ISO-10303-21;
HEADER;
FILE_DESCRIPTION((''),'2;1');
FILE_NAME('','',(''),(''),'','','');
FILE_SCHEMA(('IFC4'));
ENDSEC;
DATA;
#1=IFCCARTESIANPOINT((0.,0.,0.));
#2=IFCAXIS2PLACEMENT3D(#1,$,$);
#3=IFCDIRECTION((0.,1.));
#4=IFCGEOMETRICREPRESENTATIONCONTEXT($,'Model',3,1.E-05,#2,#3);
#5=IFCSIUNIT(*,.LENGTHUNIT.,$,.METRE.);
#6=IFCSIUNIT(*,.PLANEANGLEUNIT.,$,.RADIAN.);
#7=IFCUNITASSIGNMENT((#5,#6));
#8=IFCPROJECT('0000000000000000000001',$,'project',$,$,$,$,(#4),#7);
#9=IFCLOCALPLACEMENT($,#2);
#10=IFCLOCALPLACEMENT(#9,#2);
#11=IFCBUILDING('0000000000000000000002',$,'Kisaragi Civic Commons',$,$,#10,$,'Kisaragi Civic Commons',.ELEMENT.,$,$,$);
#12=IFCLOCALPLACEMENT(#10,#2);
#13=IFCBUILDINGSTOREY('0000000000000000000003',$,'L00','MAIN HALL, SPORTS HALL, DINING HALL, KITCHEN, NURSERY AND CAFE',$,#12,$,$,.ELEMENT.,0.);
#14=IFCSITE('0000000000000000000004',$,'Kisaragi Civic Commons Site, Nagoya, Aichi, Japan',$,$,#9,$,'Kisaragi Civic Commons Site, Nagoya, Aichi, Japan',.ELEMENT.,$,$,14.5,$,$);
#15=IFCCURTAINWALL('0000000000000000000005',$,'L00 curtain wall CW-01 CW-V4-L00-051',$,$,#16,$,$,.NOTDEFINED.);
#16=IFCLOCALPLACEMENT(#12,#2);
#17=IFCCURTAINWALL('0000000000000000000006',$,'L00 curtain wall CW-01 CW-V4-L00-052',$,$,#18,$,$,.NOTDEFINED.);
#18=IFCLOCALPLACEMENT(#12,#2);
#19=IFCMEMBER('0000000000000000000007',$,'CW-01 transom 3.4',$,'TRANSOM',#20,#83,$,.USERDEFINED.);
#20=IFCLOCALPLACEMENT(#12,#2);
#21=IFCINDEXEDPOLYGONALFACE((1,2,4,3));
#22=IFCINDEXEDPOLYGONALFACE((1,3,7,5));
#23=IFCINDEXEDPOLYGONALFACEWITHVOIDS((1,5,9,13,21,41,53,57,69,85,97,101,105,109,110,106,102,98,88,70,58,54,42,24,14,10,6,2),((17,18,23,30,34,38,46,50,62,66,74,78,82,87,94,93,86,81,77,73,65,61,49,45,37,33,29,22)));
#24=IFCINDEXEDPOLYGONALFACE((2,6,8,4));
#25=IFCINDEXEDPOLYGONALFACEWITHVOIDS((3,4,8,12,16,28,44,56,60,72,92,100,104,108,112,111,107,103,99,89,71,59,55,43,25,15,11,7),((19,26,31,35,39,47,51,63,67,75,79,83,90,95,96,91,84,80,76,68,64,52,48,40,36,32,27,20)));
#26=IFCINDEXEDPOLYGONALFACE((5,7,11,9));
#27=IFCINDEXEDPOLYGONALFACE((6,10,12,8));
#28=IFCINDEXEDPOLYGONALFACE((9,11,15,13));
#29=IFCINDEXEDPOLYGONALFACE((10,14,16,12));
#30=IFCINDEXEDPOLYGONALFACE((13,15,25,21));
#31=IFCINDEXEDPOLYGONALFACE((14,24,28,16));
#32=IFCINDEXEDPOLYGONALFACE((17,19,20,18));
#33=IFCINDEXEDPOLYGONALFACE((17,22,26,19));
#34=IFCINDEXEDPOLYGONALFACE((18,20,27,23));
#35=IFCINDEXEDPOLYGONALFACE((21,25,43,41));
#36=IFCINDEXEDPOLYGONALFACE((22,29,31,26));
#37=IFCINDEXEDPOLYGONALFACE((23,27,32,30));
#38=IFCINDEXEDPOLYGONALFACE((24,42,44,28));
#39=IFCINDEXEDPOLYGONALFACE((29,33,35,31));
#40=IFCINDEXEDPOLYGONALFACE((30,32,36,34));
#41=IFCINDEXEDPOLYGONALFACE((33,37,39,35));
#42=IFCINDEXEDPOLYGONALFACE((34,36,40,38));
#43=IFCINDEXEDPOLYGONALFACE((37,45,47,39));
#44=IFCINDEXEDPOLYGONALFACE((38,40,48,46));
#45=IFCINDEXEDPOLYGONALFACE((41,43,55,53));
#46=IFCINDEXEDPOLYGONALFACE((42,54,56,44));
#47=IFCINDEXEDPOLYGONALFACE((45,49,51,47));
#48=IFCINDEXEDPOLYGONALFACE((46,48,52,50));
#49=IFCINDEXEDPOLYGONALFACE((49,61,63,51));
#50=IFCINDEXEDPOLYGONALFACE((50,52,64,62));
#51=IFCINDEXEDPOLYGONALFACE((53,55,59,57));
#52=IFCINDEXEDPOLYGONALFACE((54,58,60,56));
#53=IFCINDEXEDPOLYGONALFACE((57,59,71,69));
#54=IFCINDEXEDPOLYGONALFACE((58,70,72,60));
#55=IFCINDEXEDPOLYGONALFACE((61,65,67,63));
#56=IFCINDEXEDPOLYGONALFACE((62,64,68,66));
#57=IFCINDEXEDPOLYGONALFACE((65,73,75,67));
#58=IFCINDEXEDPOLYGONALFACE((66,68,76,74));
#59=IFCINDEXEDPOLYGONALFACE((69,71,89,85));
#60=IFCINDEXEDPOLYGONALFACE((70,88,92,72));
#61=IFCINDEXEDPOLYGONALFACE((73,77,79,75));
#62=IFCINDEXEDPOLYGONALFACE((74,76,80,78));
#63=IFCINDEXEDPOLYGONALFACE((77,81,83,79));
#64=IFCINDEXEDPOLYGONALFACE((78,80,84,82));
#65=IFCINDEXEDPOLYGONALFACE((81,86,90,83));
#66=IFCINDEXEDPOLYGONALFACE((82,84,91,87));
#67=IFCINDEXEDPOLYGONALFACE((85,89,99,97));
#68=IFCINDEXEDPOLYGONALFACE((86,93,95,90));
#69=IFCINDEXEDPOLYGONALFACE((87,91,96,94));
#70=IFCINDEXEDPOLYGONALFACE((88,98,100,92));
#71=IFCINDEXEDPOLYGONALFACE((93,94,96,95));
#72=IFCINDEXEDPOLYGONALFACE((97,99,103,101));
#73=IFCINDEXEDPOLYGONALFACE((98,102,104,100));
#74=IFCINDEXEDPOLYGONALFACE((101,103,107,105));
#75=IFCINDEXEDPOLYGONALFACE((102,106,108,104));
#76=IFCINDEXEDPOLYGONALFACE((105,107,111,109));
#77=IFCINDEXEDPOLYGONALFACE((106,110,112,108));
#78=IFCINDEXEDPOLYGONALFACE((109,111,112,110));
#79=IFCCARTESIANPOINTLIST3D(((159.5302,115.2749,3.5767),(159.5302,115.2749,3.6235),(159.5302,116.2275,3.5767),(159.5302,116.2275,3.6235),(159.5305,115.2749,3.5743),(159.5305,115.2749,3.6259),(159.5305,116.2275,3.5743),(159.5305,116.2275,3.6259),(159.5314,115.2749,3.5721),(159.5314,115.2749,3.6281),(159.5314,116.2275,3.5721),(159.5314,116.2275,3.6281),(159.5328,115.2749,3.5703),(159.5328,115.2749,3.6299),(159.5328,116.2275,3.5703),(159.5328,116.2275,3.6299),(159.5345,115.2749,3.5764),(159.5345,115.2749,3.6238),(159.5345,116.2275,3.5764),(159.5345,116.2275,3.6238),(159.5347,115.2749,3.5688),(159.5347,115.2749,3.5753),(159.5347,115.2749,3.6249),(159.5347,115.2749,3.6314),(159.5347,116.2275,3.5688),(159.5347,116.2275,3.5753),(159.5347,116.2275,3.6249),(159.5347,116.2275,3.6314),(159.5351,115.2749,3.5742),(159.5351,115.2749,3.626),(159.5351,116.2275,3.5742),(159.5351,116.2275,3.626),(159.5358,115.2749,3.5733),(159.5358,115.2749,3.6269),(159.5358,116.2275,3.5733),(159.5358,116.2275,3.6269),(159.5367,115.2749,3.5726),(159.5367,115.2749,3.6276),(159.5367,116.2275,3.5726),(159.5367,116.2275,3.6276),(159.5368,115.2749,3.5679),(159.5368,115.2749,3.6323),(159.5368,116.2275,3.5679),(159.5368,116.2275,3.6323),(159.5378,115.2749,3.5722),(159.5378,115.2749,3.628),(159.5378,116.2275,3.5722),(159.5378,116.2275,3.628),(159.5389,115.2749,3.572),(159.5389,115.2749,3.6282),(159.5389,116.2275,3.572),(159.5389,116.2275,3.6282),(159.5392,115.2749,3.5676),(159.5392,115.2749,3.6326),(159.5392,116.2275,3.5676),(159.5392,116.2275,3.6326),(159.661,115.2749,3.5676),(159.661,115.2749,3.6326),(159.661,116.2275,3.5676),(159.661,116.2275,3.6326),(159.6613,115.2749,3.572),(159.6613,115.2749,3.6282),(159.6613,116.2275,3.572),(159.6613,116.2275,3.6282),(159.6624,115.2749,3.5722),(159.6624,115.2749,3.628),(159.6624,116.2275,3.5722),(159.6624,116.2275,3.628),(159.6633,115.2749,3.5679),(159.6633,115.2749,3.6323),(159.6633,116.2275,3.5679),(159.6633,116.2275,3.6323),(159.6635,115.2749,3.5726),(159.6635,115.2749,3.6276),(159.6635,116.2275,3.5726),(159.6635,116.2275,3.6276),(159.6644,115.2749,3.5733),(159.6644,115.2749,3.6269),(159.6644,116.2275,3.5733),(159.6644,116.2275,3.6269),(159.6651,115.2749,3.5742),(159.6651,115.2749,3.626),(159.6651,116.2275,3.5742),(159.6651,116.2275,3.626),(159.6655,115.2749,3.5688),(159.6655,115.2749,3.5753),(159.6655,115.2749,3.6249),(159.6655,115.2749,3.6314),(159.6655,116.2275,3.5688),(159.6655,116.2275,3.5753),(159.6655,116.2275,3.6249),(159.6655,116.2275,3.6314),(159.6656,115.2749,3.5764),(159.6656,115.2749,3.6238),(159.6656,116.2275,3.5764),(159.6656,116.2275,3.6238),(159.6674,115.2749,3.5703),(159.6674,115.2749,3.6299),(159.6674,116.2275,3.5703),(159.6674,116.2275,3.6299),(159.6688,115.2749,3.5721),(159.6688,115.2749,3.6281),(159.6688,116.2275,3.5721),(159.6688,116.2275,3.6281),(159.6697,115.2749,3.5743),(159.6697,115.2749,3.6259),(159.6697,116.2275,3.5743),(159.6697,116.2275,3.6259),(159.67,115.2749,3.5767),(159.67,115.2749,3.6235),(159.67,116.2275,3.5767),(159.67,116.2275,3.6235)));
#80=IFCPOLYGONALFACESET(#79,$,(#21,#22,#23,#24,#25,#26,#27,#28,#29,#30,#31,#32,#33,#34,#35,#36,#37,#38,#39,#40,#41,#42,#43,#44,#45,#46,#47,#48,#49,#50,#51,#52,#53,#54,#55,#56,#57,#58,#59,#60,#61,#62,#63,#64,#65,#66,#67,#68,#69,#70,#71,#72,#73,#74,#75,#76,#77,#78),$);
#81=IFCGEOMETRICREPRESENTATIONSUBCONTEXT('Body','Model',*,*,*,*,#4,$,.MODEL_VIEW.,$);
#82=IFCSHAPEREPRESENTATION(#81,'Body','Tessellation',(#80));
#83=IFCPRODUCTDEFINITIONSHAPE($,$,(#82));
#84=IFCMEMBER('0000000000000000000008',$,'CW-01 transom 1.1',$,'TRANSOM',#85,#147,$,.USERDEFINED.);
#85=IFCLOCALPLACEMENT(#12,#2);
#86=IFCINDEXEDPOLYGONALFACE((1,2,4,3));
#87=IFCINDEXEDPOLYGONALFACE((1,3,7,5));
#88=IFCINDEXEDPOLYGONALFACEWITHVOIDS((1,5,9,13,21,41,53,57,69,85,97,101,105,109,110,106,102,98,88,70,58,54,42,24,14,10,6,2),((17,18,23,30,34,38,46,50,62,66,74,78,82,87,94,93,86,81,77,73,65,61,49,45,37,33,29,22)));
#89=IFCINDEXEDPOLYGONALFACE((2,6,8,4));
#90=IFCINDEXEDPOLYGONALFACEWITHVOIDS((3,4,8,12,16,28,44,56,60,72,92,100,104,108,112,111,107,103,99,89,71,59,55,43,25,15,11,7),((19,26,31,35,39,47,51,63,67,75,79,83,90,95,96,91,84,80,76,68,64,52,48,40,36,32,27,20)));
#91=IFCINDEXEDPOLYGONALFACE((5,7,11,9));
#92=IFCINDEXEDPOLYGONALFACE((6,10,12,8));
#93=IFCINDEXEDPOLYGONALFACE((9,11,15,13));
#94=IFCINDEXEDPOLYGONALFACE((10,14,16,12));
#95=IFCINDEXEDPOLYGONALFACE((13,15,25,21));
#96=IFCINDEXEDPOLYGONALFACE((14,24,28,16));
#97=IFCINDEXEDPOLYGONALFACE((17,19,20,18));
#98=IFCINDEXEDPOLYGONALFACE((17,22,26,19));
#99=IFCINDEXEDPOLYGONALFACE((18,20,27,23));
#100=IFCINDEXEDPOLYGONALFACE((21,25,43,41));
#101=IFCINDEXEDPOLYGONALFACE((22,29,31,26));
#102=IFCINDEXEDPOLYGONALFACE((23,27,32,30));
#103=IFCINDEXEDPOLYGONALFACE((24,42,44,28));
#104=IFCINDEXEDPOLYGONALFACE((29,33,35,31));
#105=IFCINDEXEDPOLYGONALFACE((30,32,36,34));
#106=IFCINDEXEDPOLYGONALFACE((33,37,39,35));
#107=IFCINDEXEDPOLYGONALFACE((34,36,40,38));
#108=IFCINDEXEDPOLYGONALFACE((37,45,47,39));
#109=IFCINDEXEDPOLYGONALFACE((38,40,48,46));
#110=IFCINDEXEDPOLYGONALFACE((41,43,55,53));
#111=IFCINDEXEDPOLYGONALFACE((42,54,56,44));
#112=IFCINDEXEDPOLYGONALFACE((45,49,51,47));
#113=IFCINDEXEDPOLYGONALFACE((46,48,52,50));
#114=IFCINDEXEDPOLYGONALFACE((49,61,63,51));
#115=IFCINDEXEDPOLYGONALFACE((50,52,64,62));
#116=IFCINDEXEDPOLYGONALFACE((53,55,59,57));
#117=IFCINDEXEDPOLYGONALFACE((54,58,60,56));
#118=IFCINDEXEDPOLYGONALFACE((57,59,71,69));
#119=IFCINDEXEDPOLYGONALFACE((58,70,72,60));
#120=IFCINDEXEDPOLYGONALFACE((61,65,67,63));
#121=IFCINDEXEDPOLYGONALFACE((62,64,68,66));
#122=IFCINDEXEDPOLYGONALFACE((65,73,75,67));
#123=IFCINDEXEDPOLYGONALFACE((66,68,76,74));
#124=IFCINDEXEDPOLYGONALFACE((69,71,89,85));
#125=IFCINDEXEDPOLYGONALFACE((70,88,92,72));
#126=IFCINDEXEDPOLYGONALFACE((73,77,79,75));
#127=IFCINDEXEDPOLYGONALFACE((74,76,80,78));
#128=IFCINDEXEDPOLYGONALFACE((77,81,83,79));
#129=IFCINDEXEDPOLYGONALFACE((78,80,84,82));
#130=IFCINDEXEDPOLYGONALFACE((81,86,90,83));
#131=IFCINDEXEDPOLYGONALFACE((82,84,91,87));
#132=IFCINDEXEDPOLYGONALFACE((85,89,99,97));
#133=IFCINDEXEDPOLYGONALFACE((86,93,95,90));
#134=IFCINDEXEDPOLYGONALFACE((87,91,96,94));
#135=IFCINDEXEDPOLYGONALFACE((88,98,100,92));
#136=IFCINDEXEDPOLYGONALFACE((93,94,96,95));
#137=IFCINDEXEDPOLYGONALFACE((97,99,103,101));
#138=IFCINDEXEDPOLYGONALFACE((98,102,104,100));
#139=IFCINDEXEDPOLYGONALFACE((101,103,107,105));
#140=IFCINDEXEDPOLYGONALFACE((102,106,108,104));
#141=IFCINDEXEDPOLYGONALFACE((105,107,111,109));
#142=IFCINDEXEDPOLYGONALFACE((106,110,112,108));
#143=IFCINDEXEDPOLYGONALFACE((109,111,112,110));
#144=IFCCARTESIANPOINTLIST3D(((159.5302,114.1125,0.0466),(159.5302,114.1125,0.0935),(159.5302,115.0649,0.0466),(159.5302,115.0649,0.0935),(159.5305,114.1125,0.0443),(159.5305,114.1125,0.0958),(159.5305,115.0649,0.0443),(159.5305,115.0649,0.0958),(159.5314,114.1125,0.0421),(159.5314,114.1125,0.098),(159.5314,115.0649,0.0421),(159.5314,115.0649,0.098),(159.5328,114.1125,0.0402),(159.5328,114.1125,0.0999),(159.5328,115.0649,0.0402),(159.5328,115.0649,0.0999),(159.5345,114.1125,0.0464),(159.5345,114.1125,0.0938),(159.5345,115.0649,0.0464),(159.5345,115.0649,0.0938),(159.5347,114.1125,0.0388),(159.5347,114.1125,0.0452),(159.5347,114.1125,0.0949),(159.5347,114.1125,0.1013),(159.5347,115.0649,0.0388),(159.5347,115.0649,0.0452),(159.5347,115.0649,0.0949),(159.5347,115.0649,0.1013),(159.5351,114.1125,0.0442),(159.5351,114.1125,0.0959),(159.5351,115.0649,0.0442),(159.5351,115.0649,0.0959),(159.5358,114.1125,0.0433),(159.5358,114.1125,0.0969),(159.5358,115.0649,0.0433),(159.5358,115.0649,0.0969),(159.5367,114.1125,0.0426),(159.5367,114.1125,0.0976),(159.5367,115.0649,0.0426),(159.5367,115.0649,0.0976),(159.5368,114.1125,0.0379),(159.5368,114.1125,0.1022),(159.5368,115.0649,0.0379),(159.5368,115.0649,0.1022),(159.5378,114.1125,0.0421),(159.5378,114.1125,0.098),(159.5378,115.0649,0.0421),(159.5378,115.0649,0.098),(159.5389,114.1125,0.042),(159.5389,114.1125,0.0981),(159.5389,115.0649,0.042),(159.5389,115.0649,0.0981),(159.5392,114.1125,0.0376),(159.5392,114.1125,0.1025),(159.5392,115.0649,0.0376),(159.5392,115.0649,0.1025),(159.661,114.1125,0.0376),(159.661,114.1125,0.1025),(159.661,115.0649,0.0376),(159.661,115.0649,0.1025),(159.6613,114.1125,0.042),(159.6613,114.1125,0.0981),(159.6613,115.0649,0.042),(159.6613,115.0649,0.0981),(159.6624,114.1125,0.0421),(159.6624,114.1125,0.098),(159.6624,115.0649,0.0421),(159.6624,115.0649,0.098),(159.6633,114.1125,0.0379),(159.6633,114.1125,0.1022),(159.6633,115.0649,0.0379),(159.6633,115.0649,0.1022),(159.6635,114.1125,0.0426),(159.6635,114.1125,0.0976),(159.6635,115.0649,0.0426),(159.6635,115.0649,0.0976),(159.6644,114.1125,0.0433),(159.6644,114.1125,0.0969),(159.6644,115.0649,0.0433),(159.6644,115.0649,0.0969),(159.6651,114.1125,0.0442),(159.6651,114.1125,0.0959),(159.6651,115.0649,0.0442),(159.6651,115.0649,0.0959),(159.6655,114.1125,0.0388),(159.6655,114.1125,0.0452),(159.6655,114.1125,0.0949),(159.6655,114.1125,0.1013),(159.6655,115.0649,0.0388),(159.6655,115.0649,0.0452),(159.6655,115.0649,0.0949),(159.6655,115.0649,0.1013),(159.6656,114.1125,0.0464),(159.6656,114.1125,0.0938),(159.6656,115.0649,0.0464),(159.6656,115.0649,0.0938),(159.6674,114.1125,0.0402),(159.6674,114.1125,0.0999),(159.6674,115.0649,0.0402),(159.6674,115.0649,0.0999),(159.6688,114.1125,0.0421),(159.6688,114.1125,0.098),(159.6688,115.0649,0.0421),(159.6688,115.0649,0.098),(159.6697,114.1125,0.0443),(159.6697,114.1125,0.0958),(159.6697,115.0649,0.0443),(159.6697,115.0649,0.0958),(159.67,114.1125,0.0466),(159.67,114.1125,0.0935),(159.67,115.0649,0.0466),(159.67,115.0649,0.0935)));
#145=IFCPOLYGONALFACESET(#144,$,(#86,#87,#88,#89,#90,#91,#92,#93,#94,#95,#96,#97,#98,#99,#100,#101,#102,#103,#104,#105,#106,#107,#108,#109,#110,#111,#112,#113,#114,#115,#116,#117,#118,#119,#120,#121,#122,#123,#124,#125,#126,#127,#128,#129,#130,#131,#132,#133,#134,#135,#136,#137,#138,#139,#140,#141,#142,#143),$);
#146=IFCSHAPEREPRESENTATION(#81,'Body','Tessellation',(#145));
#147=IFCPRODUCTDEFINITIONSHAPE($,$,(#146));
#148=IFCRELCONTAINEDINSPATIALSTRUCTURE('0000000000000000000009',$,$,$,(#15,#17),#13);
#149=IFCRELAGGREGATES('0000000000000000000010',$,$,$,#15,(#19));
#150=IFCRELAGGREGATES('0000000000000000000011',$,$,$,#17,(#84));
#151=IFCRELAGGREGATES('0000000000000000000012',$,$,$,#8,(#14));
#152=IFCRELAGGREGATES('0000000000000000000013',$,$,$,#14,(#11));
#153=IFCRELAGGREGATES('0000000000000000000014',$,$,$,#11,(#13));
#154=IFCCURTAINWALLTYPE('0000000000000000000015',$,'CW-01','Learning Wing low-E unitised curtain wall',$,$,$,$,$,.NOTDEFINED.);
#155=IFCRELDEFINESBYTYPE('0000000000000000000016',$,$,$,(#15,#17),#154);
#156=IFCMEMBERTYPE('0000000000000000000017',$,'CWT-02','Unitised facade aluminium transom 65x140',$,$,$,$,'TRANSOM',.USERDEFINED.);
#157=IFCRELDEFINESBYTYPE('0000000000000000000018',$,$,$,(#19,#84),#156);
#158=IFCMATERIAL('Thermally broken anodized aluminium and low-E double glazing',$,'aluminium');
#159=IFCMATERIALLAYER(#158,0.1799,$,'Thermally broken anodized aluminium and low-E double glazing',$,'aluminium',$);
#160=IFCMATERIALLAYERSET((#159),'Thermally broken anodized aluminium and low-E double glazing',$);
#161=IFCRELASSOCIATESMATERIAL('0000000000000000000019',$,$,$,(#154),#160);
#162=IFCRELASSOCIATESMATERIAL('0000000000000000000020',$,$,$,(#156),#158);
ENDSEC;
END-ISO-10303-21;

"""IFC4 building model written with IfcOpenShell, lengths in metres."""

from ifc_helpers import new_model, si_unit, direction, frame, origin, origin_2d, place, context, subcontext, project, spatial, hollow_rectangle, extrude, material, layer, layer_set, material_profile, profile_set, type_object, element, aggregate, save


model = new_model("IFC4")

# Units and contexts
model_context = context("Model", 3, precision=1e-05, world=origin(), true_north=direction((0.0, 1.0)))
body_context = subcontext(model_context, "Body", "Model", "MODEL_VIEW")
ifc_project = project(units=[si_unit("LENGTHUNIT", "METRE"), si_unit("PLANEANGLEUNIT", "RADIAN")], contexts=[model_context])

# Site, building, storey
site_placement = place(None, origin())
site = spatial("IfcSite", under=ifc_project, at=site_placement, Name="Kisaragi Civic Commons Site, Nagoya, Aichi, Japan", LongName="Kisaragi Civic Commons Site, Nagoya, Aichi, Japan", CompositionType="ELEMENT", RefElevation=14.5)
building_placement = place(site_placement, origin())
building = spatial("IfcBuilding", under=site, at=building_placement, Name="Kisaragi Civic Commons", LongName="Kisaragi Civic Commons", CompositionType="ELEMENT")
storey_placement = place(building_placement, origin())
storey = spatial("IfcBuildingStorey", under=building, at=storey_placement, Name="L00", Description="MAIN HALL, SPORTS HALL, DINING HALL, KITCHEN, NURSERY AND CAFE", CompositionType="ELEMENT", Elevation=0.0)

# Curtain walls
ifc_material_1 = material(Name="Thermally broken anodized aluminium and low-E double glazing", Category="aluminium")
ifc_layer_1 = layer(ifc_material_1, 0.1799, Name="Thermally broken anodized aluminium and low-E double glazing", Category="aluminium")
ifc_layer_set_1 = layer_set([ifc_layer_1], Name="Thermally broken anodized aluminium and low-E double glazing")
curtain_wall_type = type_object("IfcCurtainWallType", Name="CW-01", Description="Learning Wing low-E unitised curtain wall", PredefinedType="NOTDEFINED", material=ifc_layer_set_1)
curtain_wall_1_placement = place(storey_placement, origin())
curtain_wall_1 = element("IfcCurtainWall", 1, at=curtain_wall_1_placement, inside=storey, type_object=curtain_wall_type, Name="L00 curtain wall CW-01 CW-V4-L00-051", PredefinedType="NOTDEFINED")
curtain_wall_2_placement = place(storey_placement, origin())
curtain_wall_2 = element("IfcCurtainWall", 2, at=curtain_wall_2_placement, inside=storey, type_object=curtain_wall_type, Name="L00 curtain wall CW-01 CW-V4-L00-052", PredefinedType="NOTDEFINED")

# Members
ifc_material_profile_1 = material_profile(ifc_material_1, hollow_rectangle(XDim=0.1399, YDim=0.0649, WallThickness=0.0044, InnerFilletRadius=0.0044, OuterFilletRadius=0.009, at=origin_2d()), Name="CWT-65x140x4.5", Category="aluminium")
ifc_profile_set_1 = profile_set([ifc_material_profile_1], Name="Thermally broken anodized aluminium and low-E double glazing")
member_type_1 = type_object("IfcMemberType", Name="CWT-02", Description="Unitised facade aluminium transom 65x140", ElementType="TRANSOM", PredefinedType="USERDEFINED", material=ifc_profile_set_1)
member_1_placement = place(storey_placement, frame((159.6001, 116.2275, 3.6001), z_axis=(0.0, -1.0, 0.0), x_axis=(1.0, 0.0, 0.0)))
member_1 = element("IfcMember", 3, at=member_1_placement, type_object=member_type_1, Name="CW-01 transom 3.4", ObjectType="TRANSOM", PredefinedType="USERDEFINED", context=body_context, shape_type="SweptSolid", body=[
    extrude(hollow_rectangle(XDim=0.1399, YDim=0.0649, WallThickness=0.0044, InnerFilletRadius=0.0044, OuterFilletRadius=0.009, at=origin_2d()), origin(), (0.0, 0.0, 1.0), 0.9526),
])
member_2_placement = place(storey_placement, frame((159.6001, 115.0649, 0.0701), z_axis=(0.0, -1.0, 0.0), x_axis=(1.0, 0.0, 0.0)))
member_2 = element("IfcMember", 4, at=member_2_placement, type_object=member_type_1, Name="CW-01 transom 1.1", ObjectType="TRANSOM", PredefinedType="USERDEFINED", context=body_context, shape_type="SweptSolid", body=[
    extrude(hollow_rectangle(XDim=0.1399, YDim=0.0649, WallThickness=0.0044, InnerFilletRadius=0.0044, OuterFilletRadius=0.009, at=origin_2d()), origin(), (0.0, 0.0, 1.0), 0.9524),
])

aggregate(curtain_wall_1, [member_1])
aggregate(curtain_wall_2, [member_2])

save(model, "model.ifc")
